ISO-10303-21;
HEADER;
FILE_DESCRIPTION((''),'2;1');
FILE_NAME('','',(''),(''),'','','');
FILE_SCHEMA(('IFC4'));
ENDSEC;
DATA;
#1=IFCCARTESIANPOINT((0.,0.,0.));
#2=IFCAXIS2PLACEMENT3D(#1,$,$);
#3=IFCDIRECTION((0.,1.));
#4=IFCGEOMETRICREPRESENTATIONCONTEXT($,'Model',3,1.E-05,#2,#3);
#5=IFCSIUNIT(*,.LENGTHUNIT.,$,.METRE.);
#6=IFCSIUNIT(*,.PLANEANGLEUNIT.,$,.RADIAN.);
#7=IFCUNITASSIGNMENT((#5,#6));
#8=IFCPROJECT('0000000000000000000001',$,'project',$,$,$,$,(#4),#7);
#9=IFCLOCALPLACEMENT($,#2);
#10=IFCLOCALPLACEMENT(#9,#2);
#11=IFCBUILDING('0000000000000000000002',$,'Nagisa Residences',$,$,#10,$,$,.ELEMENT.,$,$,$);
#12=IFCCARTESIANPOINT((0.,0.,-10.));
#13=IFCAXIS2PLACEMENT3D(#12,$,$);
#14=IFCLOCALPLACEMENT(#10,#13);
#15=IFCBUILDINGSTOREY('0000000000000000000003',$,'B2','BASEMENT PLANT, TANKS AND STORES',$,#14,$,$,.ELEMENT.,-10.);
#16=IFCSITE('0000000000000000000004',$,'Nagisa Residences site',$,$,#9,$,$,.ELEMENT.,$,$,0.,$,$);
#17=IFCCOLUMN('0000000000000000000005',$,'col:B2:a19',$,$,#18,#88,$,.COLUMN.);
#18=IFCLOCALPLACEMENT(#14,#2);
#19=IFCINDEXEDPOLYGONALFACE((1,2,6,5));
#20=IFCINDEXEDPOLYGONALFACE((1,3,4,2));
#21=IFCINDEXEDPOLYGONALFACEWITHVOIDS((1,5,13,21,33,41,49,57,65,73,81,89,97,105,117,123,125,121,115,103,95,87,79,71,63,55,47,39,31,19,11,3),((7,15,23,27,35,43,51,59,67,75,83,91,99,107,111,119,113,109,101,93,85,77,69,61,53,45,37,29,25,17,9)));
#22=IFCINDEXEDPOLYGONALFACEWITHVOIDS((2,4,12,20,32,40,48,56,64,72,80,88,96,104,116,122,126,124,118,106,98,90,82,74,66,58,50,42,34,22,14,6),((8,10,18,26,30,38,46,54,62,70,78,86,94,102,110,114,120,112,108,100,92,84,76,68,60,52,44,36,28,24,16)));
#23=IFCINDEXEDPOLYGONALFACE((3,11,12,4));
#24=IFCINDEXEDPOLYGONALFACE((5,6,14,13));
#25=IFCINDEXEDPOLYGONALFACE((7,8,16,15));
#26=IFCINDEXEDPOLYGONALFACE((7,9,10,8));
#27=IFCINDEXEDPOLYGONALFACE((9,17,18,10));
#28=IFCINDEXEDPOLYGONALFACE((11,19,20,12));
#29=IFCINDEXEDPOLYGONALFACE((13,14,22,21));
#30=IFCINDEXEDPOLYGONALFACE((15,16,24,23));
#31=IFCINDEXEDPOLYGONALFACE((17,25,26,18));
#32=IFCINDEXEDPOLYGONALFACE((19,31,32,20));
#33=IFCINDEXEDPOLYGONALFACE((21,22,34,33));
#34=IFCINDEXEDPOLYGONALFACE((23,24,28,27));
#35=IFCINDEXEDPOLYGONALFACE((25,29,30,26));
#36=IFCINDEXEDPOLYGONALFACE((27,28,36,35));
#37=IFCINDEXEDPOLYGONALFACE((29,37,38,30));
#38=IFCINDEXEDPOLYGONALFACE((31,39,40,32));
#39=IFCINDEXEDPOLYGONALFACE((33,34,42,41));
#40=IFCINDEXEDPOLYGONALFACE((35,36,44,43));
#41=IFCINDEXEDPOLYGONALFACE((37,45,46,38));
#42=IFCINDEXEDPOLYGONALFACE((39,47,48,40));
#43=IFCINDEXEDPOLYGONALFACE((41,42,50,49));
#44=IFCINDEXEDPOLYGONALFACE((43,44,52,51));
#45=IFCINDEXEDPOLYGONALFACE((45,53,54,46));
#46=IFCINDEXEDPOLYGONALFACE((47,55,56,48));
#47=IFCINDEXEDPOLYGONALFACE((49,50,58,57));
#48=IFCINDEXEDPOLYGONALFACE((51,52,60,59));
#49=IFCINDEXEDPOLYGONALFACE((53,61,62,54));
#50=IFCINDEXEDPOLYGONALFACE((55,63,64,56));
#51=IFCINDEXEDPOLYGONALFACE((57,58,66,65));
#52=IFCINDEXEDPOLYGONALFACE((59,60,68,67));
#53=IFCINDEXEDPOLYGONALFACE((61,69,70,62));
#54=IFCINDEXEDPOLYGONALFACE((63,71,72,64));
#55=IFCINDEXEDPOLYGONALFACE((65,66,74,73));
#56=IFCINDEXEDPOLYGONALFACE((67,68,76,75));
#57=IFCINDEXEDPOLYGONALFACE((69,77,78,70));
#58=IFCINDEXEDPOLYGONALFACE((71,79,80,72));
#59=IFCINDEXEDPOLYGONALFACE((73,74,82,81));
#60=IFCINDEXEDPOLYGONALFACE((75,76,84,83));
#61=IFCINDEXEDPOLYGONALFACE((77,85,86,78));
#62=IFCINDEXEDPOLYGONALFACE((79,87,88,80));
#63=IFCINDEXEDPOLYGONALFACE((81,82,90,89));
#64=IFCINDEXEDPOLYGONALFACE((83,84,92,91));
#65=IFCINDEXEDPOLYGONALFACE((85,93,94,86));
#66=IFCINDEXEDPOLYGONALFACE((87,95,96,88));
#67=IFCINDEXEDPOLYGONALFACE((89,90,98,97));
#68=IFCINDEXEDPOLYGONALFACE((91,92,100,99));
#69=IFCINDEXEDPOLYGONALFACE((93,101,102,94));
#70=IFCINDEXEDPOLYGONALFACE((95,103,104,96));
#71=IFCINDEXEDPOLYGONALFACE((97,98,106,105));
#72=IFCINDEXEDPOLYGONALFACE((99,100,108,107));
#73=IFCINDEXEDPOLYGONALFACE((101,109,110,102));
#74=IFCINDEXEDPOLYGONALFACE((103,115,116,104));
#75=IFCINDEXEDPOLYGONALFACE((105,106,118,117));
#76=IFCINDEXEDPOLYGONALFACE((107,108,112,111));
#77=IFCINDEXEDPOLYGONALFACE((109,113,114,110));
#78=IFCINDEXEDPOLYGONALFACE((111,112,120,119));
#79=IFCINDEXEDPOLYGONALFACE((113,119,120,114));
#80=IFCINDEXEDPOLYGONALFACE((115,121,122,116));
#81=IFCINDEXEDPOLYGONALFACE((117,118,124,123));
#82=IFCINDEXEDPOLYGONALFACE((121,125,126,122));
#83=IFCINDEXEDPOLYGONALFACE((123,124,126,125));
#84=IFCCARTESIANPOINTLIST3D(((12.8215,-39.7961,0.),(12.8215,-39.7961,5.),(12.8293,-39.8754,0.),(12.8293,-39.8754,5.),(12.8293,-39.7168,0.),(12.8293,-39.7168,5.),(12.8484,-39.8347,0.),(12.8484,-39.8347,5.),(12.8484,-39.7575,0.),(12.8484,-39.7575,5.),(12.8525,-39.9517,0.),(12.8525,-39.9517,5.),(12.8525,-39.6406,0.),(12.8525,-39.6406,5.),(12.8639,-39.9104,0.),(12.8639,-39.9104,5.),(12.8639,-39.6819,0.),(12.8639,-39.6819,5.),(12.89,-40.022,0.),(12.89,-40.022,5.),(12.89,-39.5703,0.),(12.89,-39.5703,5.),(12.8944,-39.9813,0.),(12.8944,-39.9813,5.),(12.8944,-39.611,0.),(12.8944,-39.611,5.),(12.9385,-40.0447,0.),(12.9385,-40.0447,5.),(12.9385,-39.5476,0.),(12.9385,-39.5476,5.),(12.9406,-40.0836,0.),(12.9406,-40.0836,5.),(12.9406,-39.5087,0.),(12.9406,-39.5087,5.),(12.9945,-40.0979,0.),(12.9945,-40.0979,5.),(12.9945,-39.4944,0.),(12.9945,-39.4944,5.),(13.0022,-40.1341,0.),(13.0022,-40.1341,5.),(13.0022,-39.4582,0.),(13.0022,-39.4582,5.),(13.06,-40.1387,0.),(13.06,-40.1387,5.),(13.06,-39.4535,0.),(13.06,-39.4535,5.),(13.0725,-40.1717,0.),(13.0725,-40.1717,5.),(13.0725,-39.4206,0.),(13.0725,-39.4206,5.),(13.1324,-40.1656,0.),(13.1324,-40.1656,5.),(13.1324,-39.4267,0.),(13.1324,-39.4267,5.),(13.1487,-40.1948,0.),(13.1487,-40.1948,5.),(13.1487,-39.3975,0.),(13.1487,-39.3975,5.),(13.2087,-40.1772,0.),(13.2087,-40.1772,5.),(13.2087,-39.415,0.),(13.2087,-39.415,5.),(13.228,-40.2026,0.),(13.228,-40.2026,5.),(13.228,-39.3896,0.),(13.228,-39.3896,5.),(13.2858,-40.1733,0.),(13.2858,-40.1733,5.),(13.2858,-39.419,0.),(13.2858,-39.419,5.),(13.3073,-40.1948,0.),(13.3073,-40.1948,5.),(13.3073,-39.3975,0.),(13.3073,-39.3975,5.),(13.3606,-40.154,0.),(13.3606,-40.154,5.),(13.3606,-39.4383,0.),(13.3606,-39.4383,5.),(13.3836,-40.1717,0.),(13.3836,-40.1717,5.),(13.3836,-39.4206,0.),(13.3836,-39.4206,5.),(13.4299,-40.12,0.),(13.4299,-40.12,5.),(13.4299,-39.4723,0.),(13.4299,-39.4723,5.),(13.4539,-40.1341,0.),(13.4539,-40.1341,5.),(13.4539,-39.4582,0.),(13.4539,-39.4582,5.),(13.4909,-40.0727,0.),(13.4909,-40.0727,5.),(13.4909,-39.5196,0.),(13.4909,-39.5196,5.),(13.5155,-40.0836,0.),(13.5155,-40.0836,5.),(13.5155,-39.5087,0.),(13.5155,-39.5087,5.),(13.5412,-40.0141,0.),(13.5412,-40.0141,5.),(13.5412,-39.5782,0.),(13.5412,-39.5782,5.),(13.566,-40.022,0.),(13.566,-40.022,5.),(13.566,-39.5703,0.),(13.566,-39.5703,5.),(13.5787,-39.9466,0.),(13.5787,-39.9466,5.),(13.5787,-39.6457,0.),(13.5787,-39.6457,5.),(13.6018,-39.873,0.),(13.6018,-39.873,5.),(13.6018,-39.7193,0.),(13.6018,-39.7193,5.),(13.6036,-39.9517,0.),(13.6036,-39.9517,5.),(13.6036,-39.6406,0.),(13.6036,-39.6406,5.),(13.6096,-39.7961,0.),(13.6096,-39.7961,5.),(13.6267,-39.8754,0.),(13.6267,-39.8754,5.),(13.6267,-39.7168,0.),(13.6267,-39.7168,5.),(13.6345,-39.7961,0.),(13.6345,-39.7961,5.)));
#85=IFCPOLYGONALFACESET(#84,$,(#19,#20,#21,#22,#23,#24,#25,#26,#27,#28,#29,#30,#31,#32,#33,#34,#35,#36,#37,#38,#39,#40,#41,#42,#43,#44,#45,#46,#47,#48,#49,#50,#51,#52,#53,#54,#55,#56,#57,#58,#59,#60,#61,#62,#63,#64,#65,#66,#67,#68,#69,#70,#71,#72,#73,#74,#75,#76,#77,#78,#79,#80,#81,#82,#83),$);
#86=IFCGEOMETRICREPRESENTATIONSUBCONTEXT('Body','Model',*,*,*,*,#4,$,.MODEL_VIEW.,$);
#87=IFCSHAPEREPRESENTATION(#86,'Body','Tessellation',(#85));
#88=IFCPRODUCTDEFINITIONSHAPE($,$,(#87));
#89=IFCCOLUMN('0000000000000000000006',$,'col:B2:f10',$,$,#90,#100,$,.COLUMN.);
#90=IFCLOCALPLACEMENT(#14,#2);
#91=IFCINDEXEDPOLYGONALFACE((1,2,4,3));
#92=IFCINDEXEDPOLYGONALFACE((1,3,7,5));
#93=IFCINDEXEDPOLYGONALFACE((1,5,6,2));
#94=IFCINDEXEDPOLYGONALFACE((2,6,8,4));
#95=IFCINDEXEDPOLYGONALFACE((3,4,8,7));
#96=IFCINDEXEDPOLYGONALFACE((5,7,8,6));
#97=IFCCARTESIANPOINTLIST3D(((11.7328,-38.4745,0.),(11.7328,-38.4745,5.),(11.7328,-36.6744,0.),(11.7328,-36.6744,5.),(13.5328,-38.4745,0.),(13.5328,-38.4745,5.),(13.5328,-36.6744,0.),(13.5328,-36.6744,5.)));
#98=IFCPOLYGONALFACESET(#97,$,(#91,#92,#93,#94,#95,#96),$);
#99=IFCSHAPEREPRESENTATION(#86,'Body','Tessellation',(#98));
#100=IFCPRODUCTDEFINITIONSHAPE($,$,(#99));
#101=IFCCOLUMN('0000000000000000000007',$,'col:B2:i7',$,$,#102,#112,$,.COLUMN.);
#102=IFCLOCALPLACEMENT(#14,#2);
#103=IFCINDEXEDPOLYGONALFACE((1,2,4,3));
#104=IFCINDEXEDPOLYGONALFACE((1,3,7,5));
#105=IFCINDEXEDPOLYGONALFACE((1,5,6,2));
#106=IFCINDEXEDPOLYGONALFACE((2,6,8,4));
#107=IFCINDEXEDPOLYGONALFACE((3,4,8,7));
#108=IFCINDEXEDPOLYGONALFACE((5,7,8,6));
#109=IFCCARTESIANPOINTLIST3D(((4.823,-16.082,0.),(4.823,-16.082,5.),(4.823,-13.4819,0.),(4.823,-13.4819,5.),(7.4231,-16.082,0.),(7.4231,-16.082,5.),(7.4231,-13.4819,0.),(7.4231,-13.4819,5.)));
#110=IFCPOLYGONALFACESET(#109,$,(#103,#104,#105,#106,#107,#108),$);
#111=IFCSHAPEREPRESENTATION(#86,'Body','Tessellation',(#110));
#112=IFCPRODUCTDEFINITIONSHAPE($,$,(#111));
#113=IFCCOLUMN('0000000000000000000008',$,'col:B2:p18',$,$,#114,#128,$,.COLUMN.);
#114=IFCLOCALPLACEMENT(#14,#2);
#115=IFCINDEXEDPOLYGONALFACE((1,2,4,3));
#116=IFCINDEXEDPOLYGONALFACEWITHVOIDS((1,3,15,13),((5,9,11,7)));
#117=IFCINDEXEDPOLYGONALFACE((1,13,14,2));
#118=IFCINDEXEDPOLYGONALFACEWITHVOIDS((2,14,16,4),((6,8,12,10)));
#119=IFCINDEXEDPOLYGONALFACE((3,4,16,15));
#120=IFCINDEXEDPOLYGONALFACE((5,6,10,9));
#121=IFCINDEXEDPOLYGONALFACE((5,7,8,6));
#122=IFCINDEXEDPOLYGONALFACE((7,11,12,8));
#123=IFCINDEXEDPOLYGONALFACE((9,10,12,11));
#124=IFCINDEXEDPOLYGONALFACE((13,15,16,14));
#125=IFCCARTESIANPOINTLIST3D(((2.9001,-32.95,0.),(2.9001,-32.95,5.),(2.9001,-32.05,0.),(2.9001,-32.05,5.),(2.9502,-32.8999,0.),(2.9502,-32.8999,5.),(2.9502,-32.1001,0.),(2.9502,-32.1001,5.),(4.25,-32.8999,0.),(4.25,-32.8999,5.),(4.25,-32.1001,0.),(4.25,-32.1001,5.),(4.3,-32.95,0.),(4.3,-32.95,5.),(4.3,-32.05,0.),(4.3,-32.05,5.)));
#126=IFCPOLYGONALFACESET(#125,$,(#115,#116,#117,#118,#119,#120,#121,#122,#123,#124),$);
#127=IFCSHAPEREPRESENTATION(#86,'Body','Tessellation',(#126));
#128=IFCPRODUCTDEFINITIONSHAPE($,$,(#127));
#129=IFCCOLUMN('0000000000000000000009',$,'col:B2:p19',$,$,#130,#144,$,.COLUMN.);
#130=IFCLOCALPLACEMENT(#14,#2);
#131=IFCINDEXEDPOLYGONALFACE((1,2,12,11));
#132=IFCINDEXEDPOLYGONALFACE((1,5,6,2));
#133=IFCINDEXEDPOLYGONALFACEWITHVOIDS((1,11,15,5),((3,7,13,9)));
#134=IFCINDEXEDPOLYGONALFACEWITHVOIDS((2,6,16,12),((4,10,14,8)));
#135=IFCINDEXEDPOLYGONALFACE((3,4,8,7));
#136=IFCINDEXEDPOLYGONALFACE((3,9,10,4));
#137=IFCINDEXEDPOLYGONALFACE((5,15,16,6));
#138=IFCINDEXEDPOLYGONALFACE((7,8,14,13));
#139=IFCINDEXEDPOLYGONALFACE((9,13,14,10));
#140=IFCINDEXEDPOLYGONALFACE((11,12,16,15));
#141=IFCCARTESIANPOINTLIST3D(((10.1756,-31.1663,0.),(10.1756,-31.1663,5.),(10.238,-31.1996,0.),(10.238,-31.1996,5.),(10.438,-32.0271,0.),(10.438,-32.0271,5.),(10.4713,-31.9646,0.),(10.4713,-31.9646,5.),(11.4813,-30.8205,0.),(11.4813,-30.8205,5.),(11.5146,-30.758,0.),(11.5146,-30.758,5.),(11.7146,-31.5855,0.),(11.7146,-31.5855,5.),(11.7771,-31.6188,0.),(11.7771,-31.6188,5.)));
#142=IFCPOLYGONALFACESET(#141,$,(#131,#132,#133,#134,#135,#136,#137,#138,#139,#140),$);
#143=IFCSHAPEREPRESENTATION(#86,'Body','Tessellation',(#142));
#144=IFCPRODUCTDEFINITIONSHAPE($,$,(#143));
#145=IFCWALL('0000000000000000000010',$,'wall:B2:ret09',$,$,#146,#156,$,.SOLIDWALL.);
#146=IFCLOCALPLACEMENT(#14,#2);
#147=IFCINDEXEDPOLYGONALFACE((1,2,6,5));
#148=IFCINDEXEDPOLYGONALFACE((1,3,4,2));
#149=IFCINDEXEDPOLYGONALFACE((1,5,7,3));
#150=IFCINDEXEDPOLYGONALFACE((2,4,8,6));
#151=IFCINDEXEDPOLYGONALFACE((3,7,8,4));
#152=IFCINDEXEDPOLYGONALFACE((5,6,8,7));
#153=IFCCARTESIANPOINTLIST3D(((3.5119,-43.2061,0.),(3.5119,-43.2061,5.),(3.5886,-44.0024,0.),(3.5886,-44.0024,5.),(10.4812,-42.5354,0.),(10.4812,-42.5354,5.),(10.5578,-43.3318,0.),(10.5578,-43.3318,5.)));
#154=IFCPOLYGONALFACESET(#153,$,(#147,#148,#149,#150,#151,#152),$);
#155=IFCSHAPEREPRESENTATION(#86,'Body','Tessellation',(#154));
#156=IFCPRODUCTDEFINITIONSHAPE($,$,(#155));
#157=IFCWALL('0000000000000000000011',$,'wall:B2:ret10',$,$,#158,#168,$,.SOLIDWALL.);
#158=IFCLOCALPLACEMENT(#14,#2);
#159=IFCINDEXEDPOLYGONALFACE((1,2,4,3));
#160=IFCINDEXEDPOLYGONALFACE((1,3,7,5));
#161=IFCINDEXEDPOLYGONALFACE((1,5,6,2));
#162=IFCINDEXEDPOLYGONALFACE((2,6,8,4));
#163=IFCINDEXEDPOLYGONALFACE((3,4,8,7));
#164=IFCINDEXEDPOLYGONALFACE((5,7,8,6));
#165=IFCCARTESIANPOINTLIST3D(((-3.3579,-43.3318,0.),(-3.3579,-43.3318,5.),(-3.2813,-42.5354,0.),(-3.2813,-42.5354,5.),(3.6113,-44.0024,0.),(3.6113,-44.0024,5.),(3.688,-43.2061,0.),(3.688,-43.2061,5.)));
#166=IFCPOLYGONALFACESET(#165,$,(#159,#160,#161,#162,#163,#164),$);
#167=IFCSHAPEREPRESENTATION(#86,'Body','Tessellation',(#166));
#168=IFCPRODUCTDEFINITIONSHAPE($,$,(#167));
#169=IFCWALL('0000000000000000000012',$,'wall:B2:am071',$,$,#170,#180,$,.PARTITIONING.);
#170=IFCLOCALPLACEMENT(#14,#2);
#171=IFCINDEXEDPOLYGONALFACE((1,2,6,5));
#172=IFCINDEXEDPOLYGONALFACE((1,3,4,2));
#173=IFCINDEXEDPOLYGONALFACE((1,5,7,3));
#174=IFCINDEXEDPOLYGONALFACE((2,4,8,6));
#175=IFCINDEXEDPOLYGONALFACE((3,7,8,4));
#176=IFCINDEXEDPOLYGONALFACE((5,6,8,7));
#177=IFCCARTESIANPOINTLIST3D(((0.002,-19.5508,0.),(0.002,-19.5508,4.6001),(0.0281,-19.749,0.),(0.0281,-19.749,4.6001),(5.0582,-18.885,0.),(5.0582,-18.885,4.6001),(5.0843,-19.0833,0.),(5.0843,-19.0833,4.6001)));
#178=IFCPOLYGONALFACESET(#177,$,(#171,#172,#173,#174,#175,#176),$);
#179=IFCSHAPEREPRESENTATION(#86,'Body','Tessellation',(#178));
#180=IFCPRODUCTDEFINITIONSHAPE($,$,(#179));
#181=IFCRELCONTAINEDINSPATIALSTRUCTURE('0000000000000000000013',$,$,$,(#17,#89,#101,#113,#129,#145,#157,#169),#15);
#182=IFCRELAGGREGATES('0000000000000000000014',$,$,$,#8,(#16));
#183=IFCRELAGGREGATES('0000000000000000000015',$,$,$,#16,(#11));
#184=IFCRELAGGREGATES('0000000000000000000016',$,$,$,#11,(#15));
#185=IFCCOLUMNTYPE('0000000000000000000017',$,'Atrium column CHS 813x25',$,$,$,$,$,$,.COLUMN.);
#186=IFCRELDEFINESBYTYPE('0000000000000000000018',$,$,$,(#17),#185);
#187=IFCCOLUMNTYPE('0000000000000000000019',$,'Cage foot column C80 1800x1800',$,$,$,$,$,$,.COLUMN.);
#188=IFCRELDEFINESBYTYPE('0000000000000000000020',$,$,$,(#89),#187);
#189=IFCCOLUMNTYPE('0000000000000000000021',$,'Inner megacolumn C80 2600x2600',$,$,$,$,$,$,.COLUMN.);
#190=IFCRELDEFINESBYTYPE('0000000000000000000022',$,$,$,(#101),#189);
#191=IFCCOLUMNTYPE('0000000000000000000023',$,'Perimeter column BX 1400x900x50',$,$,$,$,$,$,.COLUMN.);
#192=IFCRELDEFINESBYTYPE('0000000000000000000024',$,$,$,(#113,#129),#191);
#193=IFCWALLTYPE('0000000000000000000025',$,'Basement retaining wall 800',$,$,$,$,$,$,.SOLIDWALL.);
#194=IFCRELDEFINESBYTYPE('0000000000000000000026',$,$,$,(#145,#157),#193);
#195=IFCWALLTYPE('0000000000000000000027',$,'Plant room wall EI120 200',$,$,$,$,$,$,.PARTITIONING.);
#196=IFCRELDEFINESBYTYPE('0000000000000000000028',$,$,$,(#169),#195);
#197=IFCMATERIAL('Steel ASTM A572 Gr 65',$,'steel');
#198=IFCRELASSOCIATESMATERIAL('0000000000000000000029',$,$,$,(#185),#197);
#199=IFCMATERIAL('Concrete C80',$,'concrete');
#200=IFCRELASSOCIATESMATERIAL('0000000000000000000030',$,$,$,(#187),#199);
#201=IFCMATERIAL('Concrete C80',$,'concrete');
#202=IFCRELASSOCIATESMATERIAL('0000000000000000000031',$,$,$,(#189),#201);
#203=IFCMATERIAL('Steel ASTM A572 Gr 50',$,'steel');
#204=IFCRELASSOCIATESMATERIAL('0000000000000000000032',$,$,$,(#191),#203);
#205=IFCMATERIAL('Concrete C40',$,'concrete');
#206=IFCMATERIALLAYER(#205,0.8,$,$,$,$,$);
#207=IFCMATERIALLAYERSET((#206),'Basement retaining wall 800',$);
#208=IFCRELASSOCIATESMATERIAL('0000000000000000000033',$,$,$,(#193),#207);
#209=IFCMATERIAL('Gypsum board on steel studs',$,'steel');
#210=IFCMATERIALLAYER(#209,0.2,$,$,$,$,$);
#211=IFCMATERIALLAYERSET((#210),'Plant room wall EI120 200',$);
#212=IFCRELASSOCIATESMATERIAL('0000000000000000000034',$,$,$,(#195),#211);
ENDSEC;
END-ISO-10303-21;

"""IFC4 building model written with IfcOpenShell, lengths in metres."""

from ifc_helpers import new_model, si_unit, direction, frame, frame_2d, origin, origin_2d, place, context, subcontext, project, spatial, rectangle, hollow_rectangle, hollow_circle, extrude, material, layer, layer_set, material_profile, profile_set, type_object, element, save


model = new_model("IFC4")

# Units and contexts
model_context = context("Model", 3, precision=1e-05, world=origin(), true_north=direction((0.0, 1.0)))
body_context = subcontext(model_context, "Body", "Model", "MODEL_VIEW")
ifc_project = project(units=[si_unit("LENGTHUNIT", "METRE"), si_unit("PLANEANGLEUNIT", "RADIAN")], contexts=[model_context])

# Site, building, storey
site_placement = place(None, origin())
site = spatial("IfcSite", under=ifc_project, at=site_placement, Name="Nagisa Residences site", CompositionType="ELEMENT", RefElevation=0.0)
building_placement = place(site_placement, origin())
building = spatial("IfcBuilding", under=site, at=building_placement, Name="Nagisa Residences", CompositionType="ELEMENT")
storey_placement = place(building_placement, frame((0.0, 0.0, -10.0)))
storey = spatial("IfcBuildingStorey", under=building, at=storey_placement, Name="B2", Description="BASEMENT PLANT, TANKS AND STORES", CompositionType="ELEMENT", Elevation=-10.0)

# Columns
ifc_material_1 = material(Name="Steel ASTM A572 Gr 65", Category="steel")
ifc_material_profile_1 = material_profile(ifc_material_1, hollow_circle(Radius=0.4065, WallThickness=0.0249, at=origin_2d()), Name="CHS 813x25")
ifc_profile_set_1 = profile_set([ifc_material_profile_1], Name="Steel ASTM A572 Gr 65")
column_type_1 = type_object("IfcColumnType", Name="Atrium column CHS 813x25", PredefinedType="COLUMN", material=ifc_profile_set_1)
for number, where, z_axis, x_axis, name in (
    (1, (13.228, -39.7961, 0.0), (0.0, 0.0, 1.0), (1.0, 0.0, 0.0), "col:B2:a19"),
):
    element("IfcColumn", number, at=place(storey_placement, frame(where, z_axis=z_axis, x_axis=x_axis)), inside=storey, type_object=column_type_1, Name=name, PredefinedType="COLUMN", context=body_context, shape_type="SweptSolid", body=[
        extrude(hollow_circle(Radius=0.4065, WallThickness=0.0249, at=origin_2d()), origin(), (0.0, 0.0, 1.0), 5.0),
    ])
ifc_material_2 = material(Name="Concrete C80", Category="concrete")
ifc_material_profile_2 = material_profile(ifc_material_2, rectangle(XDim=1.8, YDim=1.8, at=origin_2d()), Name="C80 1800x1800")
ifc_profile_set_2 = profile_set([ifc_material_profile_2], Name="Concrete C80")
column_type_2 = type_object("IfcColumnType", Name="Cage foot column C80 1800x1800", PredefinedType="COLUMN", material=ifc_profile_set_2)
column_1_placement = place(storey_placement, frame((12.6328, -37.5745, 0.0), z_axis=(0.0, 0.0, 1.0), x_axis=(1.0, 0.0, 0.0)))
element("IfcColumn", 2, at=column_1_placement, inside=storey, type_object=column_type_2, Name="col:B2:f10", PredefinedType="COLUMN", context=body_context, shape_type="SweptSolid", body=[
    extrude(rectangle(XDim=1.8, YDim=1.8, at=origin_2d()), origin(), (0.0, 0.0, 1.0), 5.0),
])
ifc_material_3 = material(Name="Concrete C80", Category="concrete")
ifc_material_profile_3 = material_profile(ifc_material_3, rectangle(XDim=2.6001, YDim=2.6001, at=origin_2d()), Name="C80 2600x2600")
ifc_profile_set_3 = profile_set([ifc_material_profile_3], Name="Concrete C80")
column_type_3 = type_object("IfcColumnType", Name="Inner megacolumn C80 2600x2600", PredefinedType="COLUMN", material=ifc_profile_set_3)
column_2_placement = place(storey_placement, frame((6.123, -14.782, 0.0), z_axis=(0.0, 0.0, 1.0), x_axis=(1.0, 0.0, 0.0)))
element("IfcColumn", 3, at=column_2_placement, inside=storey, type_object=column_type_3, Name="col:B2:i7", PredefinedType="COLUMN", context=body_context, shape_type="SweptSolid", body=[
    extrude(rectangle(XDim=2.6001, YDim=2.6001, at=origin_2d()), origin(), (0.0, 0.0, 1.0), 5.0),
])
ifc_material_4 = material(Name="Steel ASTM A572 Gr 50", Category="steel")
ifc_material_profile_4 = material_profile(ifc_material_4, hollow_rectangle(XDim=1.3999, YDim=0.8999, WallThickness=0.05, at=origin_2d()), Name="BX 1400x900x50")
ifc_profile_set_4 = profile_set([ifc_material_profile_4], Name="Steel ASTM A572 Gr 50")
column_type_4 = type_object("IfcColumnType", Name="Perimeter column BX 1400x900x50", PredefinedType="COLUMN", material=ifc_profile_set_4)
for number, where, z_axis, x_axis, name in (
    (4, (3.6001, -32.5, 0.0), (0.0, 0.0, 1.0), (1.0, 0.0, 0.0), "col:B2:p18"),
    (5, (10.9763, -31.3926, 0.0), (0.0, 0.0, 1.0), (0.956525, 0.291652, 0.0), "col:B2:p19"),
):
    element("IfcColumn", number, at=place(storey_placement, frame(where, z_axis=z_axis, x_axis=x_axis)), inside=storey, type_object=column_type_4, Name=name, PredefinedType="COLUMN", context=body_context, shape_type="SweptSolid", body=[
        extrude(hollow_rectangle(XDim=1.3999, YDim=0.8999, WallThickness=0.05, at=origin_2d()), origin(), (0.0, 0.0, 1.0), 5.0),
    ])

# Walls
ifc_material_5 = material(Name="Concrete C40", Category="concrete")
ifc_layer_1 = layer(ifc_material_5, 0.8)
ifc_layer_set_1 = layer_set([ifc_layer_1], Name="Basement retaining wall 800")
wall_type_1 = type_object("IfcWallType", Name="Basement retaining wall 800", PredefinedType="SOLIDWALL", material=ifc_layer_set_1)
for number, where, z_axis, x_axis, name in (
    (6, (10.5195, -42.9336, 0.0), (0.0, 0.0, 1.0), (-0.995402, -0.095788, 0.0), "wall:B2:ret09"),
    (7, (3.6497, -43.6042, 0.0), (0.0, 0.0, 1.0), (-0.995402, 0.095788, 0.0), "wall:B2:ret10"),
):
    element("IfcWall", number, at=place(storey_placement, frame(where, z_axis=z_axis, x_axis=x_axis)), inside=storey, type_object=wall_type_1, Name=name, PredefinedType="SOLIDWALL", context=body_context, shape_type="SweptSolid", body=[
        extrude(rectangle(XDim=7.0015, YDim=0.8, at=frame_2d((3.5007, 0.0))), origin(), (0.0, 0.0, 1.0), 5.0),
    ])
ifc_material_6 = material(Name="Gypsum board on steel studs", Category="steel")
ifc_layer_2 = layer(ifc_material_6, 0.2)
ifc_layer_set_2 = layer_set([ifc_layer_2], Name="Plant room wall EI120 200")
wall_type_2 = type_object("IfcWallType", Name="Plant room wall EI120 200", PredefinedType="PARTITIONING", material=ifc_layer_set_2)
wall_1_placement = place(storey_placement, frame((0.0151, -19.6499, 0.0), z_axis=(0.0, 0.0, 1.0), x_axis=(0.991442, 0.130549, 0.0)))
element("IfcWall", 8, at=wall_1_placement, inside=storey, type_object=wall_type_2, Name="wall:B2:am071", PredefinedType="PARTITIONING", context=body_context, shape_type="SweptSolid", body=[
    extrude(rectangle(XDim=5.0999, YDim=0.2, at=frame_2d((2.5498, 0.0))), origin(), (0.0, 0.0, 1.0), 4.6001),
])

save(model, "model.ifc")
